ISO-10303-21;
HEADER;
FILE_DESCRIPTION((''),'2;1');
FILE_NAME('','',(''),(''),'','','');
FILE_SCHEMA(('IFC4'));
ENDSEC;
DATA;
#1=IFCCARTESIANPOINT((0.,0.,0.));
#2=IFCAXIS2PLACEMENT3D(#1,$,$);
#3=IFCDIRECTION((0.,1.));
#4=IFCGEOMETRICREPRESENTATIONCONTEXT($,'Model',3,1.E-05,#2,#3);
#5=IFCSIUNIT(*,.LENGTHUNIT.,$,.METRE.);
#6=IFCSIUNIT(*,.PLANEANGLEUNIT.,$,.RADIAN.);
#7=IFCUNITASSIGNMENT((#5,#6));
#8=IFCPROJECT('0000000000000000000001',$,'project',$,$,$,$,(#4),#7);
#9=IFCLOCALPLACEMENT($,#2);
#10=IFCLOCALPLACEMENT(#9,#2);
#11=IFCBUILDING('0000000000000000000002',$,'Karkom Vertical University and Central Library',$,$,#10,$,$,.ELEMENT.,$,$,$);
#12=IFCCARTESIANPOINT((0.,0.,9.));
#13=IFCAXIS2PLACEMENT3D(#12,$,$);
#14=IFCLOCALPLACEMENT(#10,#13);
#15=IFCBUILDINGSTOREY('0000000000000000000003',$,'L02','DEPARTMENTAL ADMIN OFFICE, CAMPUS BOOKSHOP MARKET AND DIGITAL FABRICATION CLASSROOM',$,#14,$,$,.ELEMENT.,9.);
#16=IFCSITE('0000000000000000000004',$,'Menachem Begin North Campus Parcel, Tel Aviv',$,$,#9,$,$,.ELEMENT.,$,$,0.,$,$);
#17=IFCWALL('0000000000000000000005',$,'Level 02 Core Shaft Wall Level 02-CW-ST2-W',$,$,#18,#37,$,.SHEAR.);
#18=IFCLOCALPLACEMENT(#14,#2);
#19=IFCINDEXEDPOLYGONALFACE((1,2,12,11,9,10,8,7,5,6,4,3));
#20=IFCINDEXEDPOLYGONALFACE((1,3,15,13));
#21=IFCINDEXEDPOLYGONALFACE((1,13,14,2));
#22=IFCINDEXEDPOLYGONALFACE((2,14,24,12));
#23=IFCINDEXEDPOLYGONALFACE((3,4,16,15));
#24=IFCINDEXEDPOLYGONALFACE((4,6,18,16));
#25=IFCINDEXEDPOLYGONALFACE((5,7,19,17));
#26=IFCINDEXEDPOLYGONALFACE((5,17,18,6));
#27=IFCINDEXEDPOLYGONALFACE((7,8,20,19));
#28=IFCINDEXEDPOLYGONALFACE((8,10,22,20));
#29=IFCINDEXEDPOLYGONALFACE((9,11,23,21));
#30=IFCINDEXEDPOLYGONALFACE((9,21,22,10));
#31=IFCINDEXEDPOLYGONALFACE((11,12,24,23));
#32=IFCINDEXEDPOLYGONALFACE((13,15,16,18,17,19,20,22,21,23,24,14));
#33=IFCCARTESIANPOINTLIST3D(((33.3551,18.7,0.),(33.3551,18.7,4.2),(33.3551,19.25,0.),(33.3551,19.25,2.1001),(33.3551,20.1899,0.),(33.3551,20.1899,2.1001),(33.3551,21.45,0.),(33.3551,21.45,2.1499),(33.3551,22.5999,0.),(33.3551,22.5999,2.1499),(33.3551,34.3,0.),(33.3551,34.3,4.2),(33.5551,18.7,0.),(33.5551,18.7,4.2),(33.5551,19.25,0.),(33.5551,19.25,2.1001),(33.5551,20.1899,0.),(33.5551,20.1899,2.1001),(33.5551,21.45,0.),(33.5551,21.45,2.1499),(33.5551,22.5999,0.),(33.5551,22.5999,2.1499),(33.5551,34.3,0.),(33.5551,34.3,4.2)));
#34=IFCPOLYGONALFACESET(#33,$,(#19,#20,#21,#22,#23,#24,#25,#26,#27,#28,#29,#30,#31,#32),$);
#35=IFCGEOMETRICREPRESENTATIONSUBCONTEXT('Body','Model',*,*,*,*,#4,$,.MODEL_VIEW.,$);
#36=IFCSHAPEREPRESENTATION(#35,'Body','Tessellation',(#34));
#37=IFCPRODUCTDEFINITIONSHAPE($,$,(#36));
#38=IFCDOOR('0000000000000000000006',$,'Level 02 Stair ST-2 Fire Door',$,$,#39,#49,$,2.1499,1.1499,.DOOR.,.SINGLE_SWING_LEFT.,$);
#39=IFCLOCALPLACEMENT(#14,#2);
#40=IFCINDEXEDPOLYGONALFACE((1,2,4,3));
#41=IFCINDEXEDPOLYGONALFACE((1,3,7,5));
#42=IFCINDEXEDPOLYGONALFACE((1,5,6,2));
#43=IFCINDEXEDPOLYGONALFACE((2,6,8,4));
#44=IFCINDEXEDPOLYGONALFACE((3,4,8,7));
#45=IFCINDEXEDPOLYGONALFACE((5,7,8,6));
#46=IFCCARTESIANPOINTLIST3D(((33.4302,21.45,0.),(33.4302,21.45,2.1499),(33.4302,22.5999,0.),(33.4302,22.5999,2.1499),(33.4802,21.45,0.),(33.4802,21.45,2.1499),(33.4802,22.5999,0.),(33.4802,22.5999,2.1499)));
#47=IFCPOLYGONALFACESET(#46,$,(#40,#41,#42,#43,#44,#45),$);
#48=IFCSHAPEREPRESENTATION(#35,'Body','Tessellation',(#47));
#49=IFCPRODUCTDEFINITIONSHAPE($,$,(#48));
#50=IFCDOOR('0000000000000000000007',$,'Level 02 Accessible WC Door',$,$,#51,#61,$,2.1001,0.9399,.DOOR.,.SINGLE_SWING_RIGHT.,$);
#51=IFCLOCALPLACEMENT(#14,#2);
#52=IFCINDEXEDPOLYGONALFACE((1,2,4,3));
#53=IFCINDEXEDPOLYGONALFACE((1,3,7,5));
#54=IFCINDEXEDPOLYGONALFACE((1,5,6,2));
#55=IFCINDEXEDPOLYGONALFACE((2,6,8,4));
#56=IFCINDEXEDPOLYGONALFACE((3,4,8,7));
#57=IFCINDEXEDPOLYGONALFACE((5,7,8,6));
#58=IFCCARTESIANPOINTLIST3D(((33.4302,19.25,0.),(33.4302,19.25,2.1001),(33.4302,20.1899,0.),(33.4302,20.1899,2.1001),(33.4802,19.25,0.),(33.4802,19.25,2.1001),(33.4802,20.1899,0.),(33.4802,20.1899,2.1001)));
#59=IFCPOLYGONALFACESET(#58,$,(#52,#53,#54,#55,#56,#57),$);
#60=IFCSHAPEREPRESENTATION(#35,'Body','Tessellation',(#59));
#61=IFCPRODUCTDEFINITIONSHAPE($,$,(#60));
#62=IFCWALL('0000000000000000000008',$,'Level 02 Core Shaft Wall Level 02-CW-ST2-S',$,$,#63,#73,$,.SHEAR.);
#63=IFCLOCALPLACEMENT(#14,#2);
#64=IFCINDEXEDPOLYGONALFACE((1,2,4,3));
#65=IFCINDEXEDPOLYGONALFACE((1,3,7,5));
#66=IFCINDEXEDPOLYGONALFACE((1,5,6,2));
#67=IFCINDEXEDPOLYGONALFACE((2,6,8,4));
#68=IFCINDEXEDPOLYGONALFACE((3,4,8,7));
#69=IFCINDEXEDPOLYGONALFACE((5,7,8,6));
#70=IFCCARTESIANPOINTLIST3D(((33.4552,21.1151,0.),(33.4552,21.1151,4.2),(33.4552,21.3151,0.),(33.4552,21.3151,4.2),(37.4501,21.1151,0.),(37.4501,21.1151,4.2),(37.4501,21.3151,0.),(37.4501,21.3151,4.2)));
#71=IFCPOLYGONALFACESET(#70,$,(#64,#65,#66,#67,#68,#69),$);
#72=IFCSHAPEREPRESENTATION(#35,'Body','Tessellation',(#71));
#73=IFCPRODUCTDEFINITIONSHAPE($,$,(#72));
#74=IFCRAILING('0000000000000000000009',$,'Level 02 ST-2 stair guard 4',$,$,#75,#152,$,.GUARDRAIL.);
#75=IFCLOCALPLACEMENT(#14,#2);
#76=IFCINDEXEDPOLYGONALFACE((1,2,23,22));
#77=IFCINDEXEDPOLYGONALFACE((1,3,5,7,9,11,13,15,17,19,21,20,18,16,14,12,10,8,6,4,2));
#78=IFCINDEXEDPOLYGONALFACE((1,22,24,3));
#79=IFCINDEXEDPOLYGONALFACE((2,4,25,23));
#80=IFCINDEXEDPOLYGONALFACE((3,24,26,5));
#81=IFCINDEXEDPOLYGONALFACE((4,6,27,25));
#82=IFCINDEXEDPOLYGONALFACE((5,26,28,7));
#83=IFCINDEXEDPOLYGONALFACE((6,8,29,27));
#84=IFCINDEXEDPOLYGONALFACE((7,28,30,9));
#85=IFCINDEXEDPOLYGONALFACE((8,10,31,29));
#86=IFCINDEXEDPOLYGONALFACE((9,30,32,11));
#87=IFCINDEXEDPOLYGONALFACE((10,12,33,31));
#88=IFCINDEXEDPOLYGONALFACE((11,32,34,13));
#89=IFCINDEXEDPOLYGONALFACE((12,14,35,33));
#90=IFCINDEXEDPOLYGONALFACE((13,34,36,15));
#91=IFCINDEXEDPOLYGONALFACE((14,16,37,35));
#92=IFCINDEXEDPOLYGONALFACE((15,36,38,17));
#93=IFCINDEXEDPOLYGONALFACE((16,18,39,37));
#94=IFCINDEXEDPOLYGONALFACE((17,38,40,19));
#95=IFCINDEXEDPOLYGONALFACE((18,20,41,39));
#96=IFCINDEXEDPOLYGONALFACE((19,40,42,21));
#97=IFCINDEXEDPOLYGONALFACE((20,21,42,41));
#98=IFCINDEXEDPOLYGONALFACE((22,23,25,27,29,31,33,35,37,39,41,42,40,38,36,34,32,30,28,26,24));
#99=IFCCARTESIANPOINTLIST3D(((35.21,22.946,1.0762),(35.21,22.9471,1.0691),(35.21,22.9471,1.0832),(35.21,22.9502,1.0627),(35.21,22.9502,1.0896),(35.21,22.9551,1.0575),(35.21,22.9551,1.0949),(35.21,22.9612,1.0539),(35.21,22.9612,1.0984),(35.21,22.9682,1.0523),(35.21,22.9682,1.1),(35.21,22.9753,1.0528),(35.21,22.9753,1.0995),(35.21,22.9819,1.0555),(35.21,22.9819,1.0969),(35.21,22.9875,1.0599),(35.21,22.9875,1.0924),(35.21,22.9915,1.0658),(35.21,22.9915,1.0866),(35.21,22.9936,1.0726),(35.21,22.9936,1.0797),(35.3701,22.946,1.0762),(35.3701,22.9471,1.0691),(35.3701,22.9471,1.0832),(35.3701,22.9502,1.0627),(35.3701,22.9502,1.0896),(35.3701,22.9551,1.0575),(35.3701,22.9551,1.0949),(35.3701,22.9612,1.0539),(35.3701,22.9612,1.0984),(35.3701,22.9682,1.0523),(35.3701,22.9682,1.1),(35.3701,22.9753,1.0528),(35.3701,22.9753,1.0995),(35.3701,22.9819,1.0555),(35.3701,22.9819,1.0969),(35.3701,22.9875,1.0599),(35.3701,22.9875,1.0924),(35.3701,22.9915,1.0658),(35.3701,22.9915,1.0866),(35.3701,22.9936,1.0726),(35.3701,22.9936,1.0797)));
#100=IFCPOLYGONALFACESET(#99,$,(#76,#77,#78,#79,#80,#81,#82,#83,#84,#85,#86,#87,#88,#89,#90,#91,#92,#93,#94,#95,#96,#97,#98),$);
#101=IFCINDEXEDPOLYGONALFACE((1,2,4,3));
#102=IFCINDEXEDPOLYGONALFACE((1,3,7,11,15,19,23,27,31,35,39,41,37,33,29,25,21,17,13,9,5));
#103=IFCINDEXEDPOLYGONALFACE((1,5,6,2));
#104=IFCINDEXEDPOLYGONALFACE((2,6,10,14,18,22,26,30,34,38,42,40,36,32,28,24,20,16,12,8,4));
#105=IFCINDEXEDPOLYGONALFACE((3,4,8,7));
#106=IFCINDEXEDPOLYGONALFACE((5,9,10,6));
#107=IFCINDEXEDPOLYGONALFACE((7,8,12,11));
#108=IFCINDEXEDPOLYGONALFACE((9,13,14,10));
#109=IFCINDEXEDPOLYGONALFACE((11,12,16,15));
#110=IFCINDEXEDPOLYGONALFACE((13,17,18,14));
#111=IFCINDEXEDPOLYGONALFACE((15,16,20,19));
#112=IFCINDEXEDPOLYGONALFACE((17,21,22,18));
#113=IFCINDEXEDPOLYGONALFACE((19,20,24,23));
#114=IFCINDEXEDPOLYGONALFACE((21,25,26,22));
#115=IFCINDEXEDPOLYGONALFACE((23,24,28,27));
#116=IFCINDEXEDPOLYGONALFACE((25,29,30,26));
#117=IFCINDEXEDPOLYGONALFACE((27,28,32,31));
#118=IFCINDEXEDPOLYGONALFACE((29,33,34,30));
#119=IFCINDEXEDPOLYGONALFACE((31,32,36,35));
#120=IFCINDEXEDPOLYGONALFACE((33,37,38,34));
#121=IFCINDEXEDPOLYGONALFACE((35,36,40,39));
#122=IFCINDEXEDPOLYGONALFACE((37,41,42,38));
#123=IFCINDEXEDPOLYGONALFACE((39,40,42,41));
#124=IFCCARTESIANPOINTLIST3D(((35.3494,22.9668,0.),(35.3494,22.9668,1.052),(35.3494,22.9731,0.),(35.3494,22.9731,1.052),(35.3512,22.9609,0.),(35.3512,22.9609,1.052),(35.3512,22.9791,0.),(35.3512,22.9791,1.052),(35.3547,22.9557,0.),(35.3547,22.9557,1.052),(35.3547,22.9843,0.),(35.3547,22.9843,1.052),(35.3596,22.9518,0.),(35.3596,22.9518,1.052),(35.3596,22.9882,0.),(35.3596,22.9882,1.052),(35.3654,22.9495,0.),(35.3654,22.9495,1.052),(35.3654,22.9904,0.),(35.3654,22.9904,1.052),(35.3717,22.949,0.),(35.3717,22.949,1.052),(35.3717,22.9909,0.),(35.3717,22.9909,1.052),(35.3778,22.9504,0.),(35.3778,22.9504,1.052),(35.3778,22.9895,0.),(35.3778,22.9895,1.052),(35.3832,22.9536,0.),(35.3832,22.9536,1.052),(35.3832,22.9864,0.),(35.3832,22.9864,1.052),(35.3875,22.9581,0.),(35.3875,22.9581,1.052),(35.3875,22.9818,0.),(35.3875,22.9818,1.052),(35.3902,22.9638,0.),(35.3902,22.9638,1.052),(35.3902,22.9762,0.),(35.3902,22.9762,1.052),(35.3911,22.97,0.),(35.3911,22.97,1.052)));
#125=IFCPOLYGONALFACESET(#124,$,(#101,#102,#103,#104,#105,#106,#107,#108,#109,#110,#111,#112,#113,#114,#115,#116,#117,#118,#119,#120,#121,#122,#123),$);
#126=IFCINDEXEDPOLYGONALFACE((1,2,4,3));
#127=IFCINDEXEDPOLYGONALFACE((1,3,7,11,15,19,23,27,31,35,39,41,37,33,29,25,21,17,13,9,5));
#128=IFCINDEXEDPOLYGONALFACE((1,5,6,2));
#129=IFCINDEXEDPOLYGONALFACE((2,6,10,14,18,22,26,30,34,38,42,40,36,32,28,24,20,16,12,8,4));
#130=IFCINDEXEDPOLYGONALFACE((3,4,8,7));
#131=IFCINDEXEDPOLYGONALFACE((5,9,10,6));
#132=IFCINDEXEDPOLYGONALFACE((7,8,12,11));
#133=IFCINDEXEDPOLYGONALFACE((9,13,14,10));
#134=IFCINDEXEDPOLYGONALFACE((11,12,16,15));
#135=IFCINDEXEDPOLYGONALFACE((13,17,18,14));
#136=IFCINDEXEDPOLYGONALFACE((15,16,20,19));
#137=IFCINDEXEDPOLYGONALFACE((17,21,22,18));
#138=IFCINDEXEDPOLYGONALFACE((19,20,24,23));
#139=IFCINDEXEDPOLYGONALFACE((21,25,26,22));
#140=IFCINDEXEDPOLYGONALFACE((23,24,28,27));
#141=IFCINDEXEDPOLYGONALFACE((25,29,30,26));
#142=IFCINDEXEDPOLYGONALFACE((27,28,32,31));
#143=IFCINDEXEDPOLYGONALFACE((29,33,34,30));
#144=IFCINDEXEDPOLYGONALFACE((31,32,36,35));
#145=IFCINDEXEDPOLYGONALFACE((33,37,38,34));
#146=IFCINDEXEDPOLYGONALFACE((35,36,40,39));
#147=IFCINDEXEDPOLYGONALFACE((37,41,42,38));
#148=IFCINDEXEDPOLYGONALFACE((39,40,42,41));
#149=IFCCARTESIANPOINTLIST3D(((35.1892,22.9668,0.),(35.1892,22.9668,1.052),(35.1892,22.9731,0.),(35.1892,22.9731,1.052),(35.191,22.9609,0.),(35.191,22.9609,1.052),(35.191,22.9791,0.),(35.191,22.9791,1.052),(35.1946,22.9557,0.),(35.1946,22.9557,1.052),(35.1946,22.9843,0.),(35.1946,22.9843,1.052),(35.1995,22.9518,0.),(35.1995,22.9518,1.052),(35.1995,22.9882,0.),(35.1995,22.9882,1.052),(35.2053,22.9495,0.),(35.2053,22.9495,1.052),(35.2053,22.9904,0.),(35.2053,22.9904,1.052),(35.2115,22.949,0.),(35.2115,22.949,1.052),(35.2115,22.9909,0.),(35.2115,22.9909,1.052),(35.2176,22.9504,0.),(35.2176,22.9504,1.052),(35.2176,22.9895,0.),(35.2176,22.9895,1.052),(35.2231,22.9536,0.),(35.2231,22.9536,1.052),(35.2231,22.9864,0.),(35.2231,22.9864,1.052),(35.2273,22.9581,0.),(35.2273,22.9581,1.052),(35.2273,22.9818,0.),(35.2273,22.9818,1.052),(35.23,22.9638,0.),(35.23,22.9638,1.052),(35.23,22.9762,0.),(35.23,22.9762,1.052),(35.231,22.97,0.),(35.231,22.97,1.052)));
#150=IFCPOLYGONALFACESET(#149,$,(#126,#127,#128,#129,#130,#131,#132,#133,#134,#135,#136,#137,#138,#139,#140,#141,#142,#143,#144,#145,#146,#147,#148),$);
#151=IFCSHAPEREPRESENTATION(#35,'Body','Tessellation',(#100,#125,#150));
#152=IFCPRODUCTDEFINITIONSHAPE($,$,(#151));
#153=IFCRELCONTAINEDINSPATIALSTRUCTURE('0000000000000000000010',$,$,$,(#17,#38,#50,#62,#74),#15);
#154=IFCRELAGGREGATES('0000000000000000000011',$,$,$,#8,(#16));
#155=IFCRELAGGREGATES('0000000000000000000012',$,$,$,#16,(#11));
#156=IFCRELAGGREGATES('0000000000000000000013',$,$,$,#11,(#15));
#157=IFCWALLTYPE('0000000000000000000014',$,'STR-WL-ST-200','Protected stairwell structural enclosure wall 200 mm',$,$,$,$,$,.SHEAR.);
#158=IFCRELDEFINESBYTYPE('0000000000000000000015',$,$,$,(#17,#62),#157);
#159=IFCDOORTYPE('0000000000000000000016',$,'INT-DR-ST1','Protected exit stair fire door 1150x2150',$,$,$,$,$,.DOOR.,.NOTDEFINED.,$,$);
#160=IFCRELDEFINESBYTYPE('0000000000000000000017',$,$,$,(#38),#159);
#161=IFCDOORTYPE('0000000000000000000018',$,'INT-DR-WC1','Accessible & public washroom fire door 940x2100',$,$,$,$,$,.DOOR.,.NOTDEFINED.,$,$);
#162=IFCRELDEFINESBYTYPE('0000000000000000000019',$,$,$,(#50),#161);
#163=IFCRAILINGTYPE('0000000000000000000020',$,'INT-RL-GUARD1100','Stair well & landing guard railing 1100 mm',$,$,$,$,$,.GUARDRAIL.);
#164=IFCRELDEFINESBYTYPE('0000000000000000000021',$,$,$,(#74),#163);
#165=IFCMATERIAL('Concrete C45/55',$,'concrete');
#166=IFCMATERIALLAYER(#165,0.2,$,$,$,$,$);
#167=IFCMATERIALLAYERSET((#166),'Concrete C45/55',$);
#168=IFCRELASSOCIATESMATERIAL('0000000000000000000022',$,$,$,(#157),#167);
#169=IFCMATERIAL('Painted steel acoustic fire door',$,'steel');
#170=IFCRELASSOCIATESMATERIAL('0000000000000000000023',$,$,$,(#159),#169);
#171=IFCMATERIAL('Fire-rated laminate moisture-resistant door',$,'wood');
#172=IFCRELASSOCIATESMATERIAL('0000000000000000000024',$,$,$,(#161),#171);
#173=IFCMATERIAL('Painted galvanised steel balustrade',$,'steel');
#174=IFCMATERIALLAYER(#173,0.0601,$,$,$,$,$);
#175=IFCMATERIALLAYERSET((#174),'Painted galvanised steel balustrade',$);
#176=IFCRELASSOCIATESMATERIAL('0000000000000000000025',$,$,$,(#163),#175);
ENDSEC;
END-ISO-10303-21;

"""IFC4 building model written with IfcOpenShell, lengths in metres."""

from ifc_helpers import new_model, si_unit, direction, frame, frame_2d, origin, origin_with_axes, origin_2d, place, context, subcontext, project, spatial, rectangle, circle, extrude, source, transform, mapped, material, layer, layer_set, type_object, element, fill, save


model = new_model("IFC4")

# Units and contexts
model_context = context("Model", 3, precision=1e-05, world=origin(), true_north=direction((0.0, 1.0)))
body_context = subcontext(model_context, "Body", "Model", "MODEL_VIEW")
ifc_project = project(units=[si_unit("LENGTHUNIT", "METRE"), si_unit("PLANEANGLEUNIT", "RADIAN")], contexts=[model_context])

# Site, building, storey
site_placement = place(None, origin())
site = spatial("IfcSite", under=ifc_project, at=site_placement, Name="Menachem Begin North Campus Parcel, Tel Aviv", CompositionType="ELEMENT", RefElevation=0.0)
building_placement = place(site_placement, origin())
building = spatial("IfcBuilding", under=site, at=building_placement, Name="Karkom Vertical University and Central Library", CompositionType="ELEMENT")
storey_placement = place(building_placement, frame((0.0, 0.0, 9.0)))
storey = spatial("IfcBuildingStorey", under=building, at=storey_placement, Name="L02", Description="DEPARTMENTAL ADMIN OFFICE, CAMPUS BOOKSHOP MARKET AND DIGITAL FABRICATION CLASSROOM", CompositionType="ELEMENT", Elevation=9.0)

# Wall, openings, doors
ifc_material_1 = material(Name="Concrete C45/55", Category="concrete")
ifc_layer_1 = layer(ifc_material_1, 0.2)
ifc_layer_set_1 = layer_set([ifc_layer_1], Name="Concrete C45/55")
wall_type_1 = type_object("IfcWallType", Name="STR-WL-ST-200", Description="Protected stairwell structural enclosure wall 200 mm", PredefinedType="SHEAR", material=ifc_layer_set_1)
ifc_material_2 = material(Name="Painted steel acoustic fire door", Category="steel")
door_type_1 = type_object("IfcDoorType", Name="INT-DR-ST1", Description="Protected exit stair fire door 1150x2150", OperationType="NOTDEFINED", PredefinedType="DOOR", material=ifc_material_2)
shared_shape_1 = source(origin_with_axes(), body_context, "Body", "SweptSolid", [
    extrude(rectangle(XDim=1.1499, YDim=2.1499, at=frame_2d((0.575, 1.075))), frame((0.0, 0.0249, 0.0), z_axis=(0.0, -1.0, 0.0), x_axis=(1.0, 0.0, 0.0)), (0.0, 0.0, 1.0), 0.05),
])
wall_1_placement = place(storey_placement, frame((33.4551, 18.7, 0.0), z_axis=(0.0, 0.0, 1.0), x_axis=(0.0, 1.0, 0.0)))
wall_1 = element("IfcWall", 1, at=wall_1_placement, inside=storey, type_object=wall_type_1, Name="Level 02 Core Shaft Wall Level 02-CW-ST2-W", PredefinedType="SHEAR", context=body_context, shape_type="SweptSolid", body=[
    extrude(rectangle(XDim=15.6001, YDim=0.2, at=frame_2d((7.8, 0.0))), origin(), (0.0, 0.0, 1.0), 4.2),
])
opening_1_placement = place(wall_1_placement, frame((2.75, 0.0, 0.0)))
opening_1 = element("IfcOpeningElement", 2, at=opening_1_placement, cuts=wall_1, PredefinedType="OPENING", context=body_context, shape_type="SweptSolid", body=[
    extrude(rectangle(XDim=1.1499, YDim=2.1499, at=frame_2d((0.575, 1.075))), frame((0.0, 0.1099, 0.0), z_axis=(0.0, -1.0, 0.0), x_axis=(1.0, 0.0, 0.0)), (0.0, 0.0, 1.0), 0.22),
])
opening_2_placement = place(wall_1_placement, frame((0.55, 0.0, 0.0)))
opening_2 = element("IfcOpeningElement", 3, at=opening_2_placement, cuts=wall_1, PredefinedType="OPENING", context=body_context, shape_type="SweptSolid", body=[
    extrude(rectangle(XDim=0.9399, YDim=2.1001, at=frame_2d((0.47, 1.05))), frame((0.0, 0.1099, 0.0), z_axis=(0.0, -1.0, 0.0), x_axis=(1.0, 0.0, 0.0)), (0.0, 0.0, 1.0), 0.22),
])
door_1_placement = place(opening_1_placement, origin())
door_1 = element("IfcDoor", 4, at=door_1_placement, inside=storey, type_object=door_type_1, Name="Level 02 Stair ST-2 Fire Door", OperationType="SINGLE_SWING_LEFT", OverallHeight=2.1499, OverallWidth=1.1499, PredefinedType="DOOR", context=body_context, shape_type="MappedRepresentation", body=[
    mapped(shared_shape_1, transform((0.0, 0.0, 0.0), scale=1.0)),
])
fill(opening_1, door_1)
ifc_material_3 = material(Name="Fire-rated laminate moisture-resistant door", Category="wood")
door_type_2 = type_object("IfcDoorType", Name="INT-DR-WC1", Description="Accessible & public washroom fire door 940x2100", OperationType="NOTDEFINED", PredefinedType="DOOR", material=ifc_material_3)
shared_shape_2 = source(origin_with_axes(), body_context, "Body", "SweptSolid", [
    extrude(rectangle(XDim=0.9399, YDim=2.1001, at=frame_2d((0.47, 1.05))), frame((0.0, 0.0249, 0.0), z_axis=(0.0, -1.0, 0.0), x_axis=(1.0, 0.0, 0.0)), (0.0, 0.0, 1.0), 0.05),
])
door_2_placement = place(opening_2_placement, origin())
door_2 = element("IfcDoor", 5, at=door_2_placement, inside=storey, type_object=door_type_2, Name="Level 02 Accessible WC Door", OperationType="SINGLE_SWING_RIGHT", OverallHeight=2.1001, OverallWidth=0.9399, PredefinedType="DOOR", context=body_context, shape_type="MappedRepresentation", body=[
    mapped(shared_shape_2, transform((0.0, 0.0, 0.0), scale=1.0)),
])
fill(opening_2, door_2)

# Wall
wall_2_placement = place(storey_placement, frame((33.4551, 21.2151, 0.0), z_axis=(0.0, 0.0, 1.0), x_axis=(1.0, 0.0, 0.0)))
element("IfcWall", 6, at=wall_2_placement, inside=storey, type_object=wall_type_1, Name="Level 02 Core Shaft Wall Level 02-CW-ST2-S", PredefinedType="SHEAR", context=body_context, shape_type="SweptSolid", body=[
    extrude(rectangle(XDim=3.9949, YDim=0.2, at=frame_2d((1.9976, 0.0))), origin(), (0.0, 0.0, 1.0), 4.2),
])

# Railing
ifc_material_4 = material(Name="Painted galvanised steel balustrade", Category="steel")
ifc_layer_2 = layer(ifc_material_4, 0.0601)
ifc_layer_set_2 = layer_set([ifc_layer_2], Name="Painted galvanised steel balustrade")
railing_type = type_object("IfcRailingType", Name="INT-RL-GUARD1100", Description="Stair well & landing guard railing 1100 mm", PredefinedType="GUARDRAIL", material=ifc_layer_set_2)
railing_placement = place(storey_placement, frame((35.3701, 22.97, 0.0)))
element("IfcRailing", 7, at=railing_placement, inside=storey, type_object=railing_type, Name="Level 02 ST-2 stair guard 4", PredefinedType="GUARDRAIL", context=body_context, shape_type="SweptSolid", body=[
    extrude(circle(Radius=0.0239, at=origin_2d()), frame((0.0, 0.0, 1.0762), z_axis=(-1.0, 0.0, 0.0), x_axis=(0.0, -1.0, 0.0)), (0.0, 0.0, 1.0), 0.1602),
    extrude(circle(Radius=0.021, at=origin_2d()), origin(), (0.0, 0.0, 1.0), 1.052),
    extrude(circle(Radius=0.021, at=origin_2d()), frame((-0.1602, 0.0, 0.0)), (0.0, 0.0, 1.0), 1.052),
])

save(model, "model.ifc")
